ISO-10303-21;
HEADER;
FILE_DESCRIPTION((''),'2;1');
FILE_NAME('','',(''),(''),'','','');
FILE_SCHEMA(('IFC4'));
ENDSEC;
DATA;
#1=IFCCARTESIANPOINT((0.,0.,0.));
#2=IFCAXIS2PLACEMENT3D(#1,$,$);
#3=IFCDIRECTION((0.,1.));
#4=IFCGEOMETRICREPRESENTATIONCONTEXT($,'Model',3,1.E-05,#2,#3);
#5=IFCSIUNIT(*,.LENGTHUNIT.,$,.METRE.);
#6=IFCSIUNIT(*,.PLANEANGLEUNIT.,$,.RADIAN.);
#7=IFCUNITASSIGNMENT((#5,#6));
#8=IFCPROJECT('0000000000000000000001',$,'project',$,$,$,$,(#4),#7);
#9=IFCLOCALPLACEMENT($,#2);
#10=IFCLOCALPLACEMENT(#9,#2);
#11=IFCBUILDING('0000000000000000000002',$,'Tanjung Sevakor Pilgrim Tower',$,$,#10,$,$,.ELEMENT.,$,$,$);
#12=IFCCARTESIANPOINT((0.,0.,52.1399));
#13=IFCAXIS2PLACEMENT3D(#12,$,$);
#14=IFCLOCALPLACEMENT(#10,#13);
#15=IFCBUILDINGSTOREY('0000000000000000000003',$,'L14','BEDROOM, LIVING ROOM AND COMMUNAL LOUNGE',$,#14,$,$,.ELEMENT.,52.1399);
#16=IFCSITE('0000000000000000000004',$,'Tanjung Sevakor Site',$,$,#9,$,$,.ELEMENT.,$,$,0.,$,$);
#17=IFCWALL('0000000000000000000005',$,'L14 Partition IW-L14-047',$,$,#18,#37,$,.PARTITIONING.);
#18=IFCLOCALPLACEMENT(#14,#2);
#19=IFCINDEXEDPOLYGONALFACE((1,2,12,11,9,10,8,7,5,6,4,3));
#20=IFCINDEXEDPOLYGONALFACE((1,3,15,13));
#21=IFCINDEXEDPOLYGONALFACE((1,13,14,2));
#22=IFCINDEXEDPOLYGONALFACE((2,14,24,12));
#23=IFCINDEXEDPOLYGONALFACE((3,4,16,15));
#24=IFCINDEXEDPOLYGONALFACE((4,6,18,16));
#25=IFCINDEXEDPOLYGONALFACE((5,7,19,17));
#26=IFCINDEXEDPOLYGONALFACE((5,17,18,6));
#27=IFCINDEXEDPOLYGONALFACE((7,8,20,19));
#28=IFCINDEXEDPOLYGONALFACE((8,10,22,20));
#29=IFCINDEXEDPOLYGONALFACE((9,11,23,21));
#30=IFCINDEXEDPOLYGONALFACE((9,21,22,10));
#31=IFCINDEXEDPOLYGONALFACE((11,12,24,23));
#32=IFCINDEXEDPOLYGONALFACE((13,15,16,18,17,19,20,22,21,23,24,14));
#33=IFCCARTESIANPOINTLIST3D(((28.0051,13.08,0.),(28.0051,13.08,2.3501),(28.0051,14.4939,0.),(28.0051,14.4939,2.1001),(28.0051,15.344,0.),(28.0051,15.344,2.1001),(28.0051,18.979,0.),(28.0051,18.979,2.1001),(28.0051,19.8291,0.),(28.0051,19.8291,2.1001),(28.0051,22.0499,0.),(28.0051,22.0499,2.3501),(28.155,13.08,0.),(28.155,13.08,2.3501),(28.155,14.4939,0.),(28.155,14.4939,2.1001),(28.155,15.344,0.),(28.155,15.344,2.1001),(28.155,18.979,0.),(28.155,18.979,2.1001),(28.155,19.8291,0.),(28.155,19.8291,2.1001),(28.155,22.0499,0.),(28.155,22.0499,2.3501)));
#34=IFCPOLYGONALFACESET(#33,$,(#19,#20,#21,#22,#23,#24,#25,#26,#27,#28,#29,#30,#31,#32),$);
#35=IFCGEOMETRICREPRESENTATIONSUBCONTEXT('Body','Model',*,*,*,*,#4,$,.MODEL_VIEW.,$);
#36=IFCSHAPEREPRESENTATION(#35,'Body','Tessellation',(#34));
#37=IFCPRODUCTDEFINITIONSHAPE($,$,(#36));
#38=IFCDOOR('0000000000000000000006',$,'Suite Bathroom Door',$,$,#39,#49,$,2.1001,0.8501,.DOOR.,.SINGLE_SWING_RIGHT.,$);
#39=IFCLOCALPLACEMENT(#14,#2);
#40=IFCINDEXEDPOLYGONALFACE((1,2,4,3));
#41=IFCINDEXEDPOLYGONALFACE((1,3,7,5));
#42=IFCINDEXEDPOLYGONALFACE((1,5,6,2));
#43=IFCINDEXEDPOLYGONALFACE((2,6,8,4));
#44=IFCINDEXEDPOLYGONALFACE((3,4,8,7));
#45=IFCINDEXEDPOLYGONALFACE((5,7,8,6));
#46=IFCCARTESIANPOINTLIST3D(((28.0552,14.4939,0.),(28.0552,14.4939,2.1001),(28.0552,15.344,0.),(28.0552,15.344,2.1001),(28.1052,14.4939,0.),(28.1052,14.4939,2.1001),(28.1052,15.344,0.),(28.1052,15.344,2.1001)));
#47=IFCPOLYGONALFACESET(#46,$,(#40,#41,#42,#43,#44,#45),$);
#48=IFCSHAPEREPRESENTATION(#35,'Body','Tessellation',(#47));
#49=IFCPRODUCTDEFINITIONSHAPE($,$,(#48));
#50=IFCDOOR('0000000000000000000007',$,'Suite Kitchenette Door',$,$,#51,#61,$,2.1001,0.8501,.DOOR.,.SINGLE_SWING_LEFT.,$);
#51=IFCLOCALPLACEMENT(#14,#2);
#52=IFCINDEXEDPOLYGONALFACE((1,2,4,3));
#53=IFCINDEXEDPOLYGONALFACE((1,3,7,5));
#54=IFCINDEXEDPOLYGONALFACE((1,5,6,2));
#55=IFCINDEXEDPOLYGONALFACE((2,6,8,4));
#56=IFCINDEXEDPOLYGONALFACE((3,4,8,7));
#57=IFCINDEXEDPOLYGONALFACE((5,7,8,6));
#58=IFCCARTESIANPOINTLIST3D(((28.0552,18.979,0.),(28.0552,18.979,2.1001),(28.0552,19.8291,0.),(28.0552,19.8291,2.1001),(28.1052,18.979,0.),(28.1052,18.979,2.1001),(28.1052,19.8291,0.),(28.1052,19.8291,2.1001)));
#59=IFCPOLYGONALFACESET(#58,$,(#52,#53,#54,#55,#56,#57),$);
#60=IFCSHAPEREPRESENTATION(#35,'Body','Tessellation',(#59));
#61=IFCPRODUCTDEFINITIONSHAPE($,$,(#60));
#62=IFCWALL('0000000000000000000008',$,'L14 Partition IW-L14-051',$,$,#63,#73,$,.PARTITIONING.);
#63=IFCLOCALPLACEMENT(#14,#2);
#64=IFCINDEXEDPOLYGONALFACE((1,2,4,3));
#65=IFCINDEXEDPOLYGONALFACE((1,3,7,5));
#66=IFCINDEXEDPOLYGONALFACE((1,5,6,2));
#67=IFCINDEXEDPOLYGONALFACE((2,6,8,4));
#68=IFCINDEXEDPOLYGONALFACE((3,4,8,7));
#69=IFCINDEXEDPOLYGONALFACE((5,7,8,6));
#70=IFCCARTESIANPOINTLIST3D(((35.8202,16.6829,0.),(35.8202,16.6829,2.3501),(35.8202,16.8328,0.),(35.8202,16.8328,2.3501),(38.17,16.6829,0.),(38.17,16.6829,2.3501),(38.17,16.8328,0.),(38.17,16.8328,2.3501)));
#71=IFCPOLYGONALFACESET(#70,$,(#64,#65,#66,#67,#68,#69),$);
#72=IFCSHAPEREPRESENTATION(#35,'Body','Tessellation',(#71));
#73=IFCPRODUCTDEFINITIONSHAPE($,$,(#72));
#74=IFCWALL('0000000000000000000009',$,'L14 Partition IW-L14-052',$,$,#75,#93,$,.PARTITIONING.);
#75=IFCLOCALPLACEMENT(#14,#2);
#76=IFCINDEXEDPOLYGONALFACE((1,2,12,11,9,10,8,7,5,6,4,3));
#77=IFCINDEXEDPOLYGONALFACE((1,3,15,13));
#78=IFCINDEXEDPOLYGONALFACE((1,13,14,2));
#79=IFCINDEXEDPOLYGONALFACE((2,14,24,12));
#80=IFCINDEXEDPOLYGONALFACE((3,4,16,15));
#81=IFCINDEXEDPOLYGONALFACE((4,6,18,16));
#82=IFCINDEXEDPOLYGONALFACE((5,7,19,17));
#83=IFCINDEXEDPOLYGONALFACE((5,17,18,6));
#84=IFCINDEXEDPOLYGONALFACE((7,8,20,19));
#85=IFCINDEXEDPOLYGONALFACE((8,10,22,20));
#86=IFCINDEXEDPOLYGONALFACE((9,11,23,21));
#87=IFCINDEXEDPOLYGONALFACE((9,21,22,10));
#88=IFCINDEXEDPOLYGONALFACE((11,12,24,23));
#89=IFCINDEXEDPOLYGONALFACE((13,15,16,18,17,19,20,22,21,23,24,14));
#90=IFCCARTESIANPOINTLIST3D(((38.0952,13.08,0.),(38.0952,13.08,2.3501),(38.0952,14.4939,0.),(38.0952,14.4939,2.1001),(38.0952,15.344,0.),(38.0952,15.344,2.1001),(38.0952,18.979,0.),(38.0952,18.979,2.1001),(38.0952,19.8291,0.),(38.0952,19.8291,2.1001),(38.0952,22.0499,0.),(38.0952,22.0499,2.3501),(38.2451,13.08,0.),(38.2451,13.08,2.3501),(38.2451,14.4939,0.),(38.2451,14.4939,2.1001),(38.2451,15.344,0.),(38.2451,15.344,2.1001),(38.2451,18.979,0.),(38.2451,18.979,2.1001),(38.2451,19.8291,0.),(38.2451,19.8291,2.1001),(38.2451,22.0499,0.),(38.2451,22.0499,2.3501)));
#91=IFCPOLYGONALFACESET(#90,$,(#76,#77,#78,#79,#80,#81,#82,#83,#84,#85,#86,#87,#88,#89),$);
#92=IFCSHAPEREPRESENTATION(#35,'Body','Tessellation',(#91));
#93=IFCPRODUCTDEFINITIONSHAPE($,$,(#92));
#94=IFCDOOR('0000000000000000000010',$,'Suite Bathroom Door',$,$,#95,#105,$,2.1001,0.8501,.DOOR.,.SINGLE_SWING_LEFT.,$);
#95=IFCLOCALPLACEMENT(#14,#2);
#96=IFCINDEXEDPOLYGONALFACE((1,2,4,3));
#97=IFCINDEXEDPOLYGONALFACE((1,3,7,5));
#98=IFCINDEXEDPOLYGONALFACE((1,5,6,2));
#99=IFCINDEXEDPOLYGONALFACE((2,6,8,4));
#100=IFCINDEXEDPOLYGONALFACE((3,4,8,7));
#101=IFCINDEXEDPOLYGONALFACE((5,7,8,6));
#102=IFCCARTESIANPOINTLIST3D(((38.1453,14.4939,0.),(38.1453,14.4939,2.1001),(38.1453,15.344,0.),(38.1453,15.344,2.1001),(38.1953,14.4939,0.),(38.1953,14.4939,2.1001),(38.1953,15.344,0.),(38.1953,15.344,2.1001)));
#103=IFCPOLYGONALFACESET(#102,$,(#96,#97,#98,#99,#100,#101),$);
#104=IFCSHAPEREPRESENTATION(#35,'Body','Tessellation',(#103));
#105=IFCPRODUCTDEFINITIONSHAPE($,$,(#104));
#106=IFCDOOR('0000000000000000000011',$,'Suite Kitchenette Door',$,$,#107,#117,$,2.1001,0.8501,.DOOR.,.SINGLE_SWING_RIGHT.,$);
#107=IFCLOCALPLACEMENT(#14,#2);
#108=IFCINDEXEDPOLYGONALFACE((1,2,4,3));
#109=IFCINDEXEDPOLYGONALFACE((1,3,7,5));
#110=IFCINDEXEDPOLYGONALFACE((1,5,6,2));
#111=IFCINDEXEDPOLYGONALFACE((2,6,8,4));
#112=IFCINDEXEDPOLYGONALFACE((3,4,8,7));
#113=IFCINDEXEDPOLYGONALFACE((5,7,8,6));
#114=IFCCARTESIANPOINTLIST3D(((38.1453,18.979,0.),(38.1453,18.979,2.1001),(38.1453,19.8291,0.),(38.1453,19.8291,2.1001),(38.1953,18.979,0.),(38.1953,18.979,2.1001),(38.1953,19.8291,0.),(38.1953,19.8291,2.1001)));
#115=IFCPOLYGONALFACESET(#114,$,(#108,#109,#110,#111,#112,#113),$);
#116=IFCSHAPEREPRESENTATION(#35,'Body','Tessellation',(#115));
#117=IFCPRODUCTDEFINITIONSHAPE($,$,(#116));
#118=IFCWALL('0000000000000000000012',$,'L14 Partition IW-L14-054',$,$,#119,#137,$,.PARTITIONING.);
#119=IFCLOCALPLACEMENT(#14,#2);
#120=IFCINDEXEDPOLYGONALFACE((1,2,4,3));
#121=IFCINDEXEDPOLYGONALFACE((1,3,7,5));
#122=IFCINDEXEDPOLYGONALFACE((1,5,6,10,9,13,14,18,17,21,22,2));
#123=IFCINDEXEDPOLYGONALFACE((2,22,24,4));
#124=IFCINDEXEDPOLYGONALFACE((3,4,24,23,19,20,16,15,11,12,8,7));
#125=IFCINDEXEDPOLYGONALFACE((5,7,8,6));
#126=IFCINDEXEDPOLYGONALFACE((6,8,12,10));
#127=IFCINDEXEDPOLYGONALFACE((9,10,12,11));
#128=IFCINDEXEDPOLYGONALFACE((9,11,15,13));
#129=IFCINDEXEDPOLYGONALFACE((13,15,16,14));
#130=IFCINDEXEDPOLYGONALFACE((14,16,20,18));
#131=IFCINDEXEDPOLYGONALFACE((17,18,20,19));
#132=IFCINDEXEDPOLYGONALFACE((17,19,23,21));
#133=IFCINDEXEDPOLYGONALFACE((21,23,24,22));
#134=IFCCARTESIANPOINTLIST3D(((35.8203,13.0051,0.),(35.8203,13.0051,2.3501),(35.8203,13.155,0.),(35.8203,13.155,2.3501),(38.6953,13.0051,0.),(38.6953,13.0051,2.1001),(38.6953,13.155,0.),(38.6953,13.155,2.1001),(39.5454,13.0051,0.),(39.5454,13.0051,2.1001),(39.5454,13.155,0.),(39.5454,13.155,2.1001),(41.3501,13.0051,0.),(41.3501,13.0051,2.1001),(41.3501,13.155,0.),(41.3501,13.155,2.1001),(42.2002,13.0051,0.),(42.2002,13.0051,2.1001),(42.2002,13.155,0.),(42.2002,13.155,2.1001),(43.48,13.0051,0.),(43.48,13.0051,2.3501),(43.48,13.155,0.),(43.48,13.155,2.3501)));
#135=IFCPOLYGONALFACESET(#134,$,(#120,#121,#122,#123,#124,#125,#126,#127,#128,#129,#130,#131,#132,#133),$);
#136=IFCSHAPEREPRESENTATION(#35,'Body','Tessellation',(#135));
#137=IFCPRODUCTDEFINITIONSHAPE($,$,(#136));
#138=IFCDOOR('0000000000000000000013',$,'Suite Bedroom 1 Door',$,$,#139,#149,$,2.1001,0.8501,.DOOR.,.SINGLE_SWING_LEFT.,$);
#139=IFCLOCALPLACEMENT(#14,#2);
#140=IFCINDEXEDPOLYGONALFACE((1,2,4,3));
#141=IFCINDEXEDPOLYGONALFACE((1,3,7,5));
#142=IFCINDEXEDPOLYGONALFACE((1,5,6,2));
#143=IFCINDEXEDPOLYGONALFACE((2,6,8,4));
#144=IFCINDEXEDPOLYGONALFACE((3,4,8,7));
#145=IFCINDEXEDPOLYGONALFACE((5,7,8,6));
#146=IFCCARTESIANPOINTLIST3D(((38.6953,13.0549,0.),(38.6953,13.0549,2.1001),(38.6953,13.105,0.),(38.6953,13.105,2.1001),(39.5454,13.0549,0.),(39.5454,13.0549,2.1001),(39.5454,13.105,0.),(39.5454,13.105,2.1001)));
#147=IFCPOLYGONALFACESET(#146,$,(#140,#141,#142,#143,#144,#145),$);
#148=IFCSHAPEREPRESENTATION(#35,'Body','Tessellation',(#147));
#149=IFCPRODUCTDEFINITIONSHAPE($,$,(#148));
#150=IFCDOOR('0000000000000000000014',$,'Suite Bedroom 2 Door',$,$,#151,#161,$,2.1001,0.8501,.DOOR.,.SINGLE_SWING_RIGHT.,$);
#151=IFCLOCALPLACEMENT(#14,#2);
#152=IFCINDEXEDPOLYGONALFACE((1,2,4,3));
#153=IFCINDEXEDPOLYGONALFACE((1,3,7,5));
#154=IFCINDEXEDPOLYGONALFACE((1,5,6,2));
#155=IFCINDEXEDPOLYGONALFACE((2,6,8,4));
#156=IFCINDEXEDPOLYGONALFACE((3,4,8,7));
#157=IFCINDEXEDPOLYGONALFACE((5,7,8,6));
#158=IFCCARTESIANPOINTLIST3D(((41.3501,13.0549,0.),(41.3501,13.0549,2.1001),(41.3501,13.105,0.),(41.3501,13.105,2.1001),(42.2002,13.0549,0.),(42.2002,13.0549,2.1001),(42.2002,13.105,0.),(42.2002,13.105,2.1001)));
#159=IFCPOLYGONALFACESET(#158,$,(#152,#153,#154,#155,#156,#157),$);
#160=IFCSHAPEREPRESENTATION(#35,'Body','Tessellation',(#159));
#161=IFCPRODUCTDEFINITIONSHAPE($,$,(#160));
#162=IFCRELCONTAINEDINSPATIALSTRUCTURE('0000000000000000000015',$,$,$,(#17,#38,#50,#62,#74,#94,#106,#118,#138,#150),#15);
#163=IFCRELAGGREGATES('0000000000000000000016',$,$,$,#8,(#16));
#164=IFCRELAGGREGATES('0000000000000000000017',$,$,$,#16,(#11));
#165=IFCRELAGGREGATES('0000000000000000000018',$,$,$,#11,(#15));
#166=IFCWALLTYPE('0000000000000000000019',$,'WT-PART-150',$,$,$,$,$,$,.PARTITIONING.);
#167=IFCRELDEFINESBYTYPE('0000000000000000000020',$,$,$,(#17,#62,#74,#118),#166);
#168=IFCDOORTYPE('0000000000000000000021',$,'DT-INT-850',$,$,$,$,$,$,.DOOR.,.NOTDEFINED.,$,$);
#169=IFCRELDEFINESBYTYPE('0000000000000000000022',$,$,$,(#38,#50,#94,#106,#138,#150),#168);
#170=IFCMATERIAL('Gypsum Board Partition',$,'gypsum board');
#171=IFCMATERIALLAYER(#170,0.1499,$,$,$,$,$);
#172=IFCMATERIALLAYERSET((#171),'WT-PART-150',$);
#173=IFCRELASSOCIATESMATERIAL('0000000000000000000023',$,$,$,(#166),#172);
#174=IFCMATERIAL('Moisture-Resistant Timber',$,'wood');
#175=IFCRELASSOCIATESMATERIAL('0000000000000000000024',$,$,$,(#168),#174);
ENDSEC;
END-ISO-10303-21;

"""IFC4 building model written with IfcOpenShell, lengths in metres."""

from ifc_helpers import new_model, si_unit, direction, frame, frame_2d, origin, place, context, subcontext, project, spatial, rectangle, extrude, material, layer, layer_set, type_object, element, fill, save


model = new_model("IFC4")

# Units and contexts
model_context = context("Model", 3, precision=1e-05, world=origin(), true_north=direction((0.0, 1.0)))
body_context = subcontext(model_context, "Body", "Model", "MODEL_VIEW")
ifc_project = project(units=[si_unit("LENGTHUNIT", "METRE"), si_unit("PLANEANGLEUNIT", "RADIAN")], contexts=[model_context])

# Site, building, storey
site_placement = place(None, origin())
site = spatial("IfcSite", under=ifc_project, at=site_placement, Name="Tanjung Sevakor Site", CompositionType="ELEMENT", RefElevation=0.0)
building_placement = place(site_placement, origin())
building = spatial("IfcBuilding", under=site, at=building_placement, Name="Tanjung Sevakor Pilgrim Tower", CompositionType="ELEMENT")
storey_placement = place(building_placement, frame((0.0, 0.0, 52.1399)))
storey = spatial("IfcBuildingStorey", under=building, at=storey_placement, Name="L14", Description="BEDROOM, LIVING ROOM AND COMMUNAL LOUNGE", CompositionType="ELEMENT", Elevation=52.1399)

# Wall, openings, doors
ifc_material_1 = material(Name="Gypsum Board Partition", Category="gypsum board")
ifc_layer_1 = layer(ifc_material_1, 0.1499)
ifc_layer_set_1 = layer_set([ifc_layer_1], Name="WT-PART-150")
wall_type_1 = type_object("IfcWallType", Name="WT-PART-150", PredefinedType="PARTITIONING", material=ifc_layer_set_1)
wall_1_placement = place(storey_placement, frame((28.0801, 13.0801, 0.0), z_axis=(0.0, 0.0, 1.0), x_axis=(0.0, 1.0, 0.0)))
wall_1 = element("IfcWall", 1, at=wall_1_placement, inside=storey, type_object=wall_type_1, Name="L14 Partition IW-L14-047", PredefinedType="PARTITIONING", context=body_context, shape_type="SweptSolid", body=[
    extrude(rectangle(XDim=8.97, YDim=0.1499, at=frame_2d((4.4849, 0.0))), origin(), (0.0, 0.0, 1.0), 2.3501),
])
opening_1_placement = place(wall_1_placement, frame((1.4138, 0.0, 0.0)))
opening_1 = element("IfcOpeningElement", 2, at=opening_1_placement, cuts=wall_1, PredefinedType="OPENING", context=body_context, shape_type="SweptSolid", body=[
    extrude(rectangle(XDim=0.8501, YDim=2.1001, at=frame_2d((0.425, 1.05))), frame((0.0, 0.085, 0.0), z_axis=(0.0, -1.0, 0.0), x_axis=(1.0, 0.0, 0.0)), (0.0, 0.0, 1.0), 0.1699),
])
opening_2_placement = place(wall_1_placement, frame((5.8989, 0.0, 0.0)))
opening_2 = element("IfcOpeningElement", 3, at=opening_2_placement, cuts=wall_1, PredefinedType="OPENING", context=body_context, shape_type="SweptSolid", body=[
    extrude(rectangle(XDim=0.8501, YDim=2.1001, at=frame_2d((0.425, 1.05))), frame((0.0, 0.085, 0.0), z_axis=(0.0, -1.0, 0.0), x_axis=(1.0, 0.0, 0.0)), (0.0, 0.0, 1.0), 0.1699),
])
ifc_material_2 = material(Name="Moisture-Resistant Timber", Category="wood")
door_type_1 = type_object("IfcDoorType", Name="DT-INT-850", OperationType="NOTDEFINED", PredefinedType="DOOR", material=ifc_material_2)
door_1_placement = place(opening_1_placement, origin())
door_1 = element("IfcDoor", 4, at=door_1_placement, inside=storey, type_object=door_type_1, Name="Suite Bathroom Door", OperationType="SINGLE_SWING_RIGHT", OverallHeight=2.1001, OverallWidth=0.8501, PredefinedType="DOOR", context=body_context, shape_type="SweptSolid", body=[
    extrude(rectangle(XDim=0.8501, YDim=2.1001, at=frame_2d((0.425, 1.05))), frame((0.0, 0.0249, 0.0), z_axis=(0.0, -1.0, 0.0), x_axis=(1.0, 0.0, 0.0)), (0.0, 0.0, 1.0), 0.05),
])
fill(opening_1, door_1)
door_2_placement = place(opening_2_placement, origin())
door_2 = element("IfcDoor", 5, at=door_2_placement, inside=storey, type_object=door_type_1, Name="Suite Kitchenette Door", OperationType="SINGLE_SWING_LEFT", OverallHeight=2.1001, OverallWidth=0.8501, PredefinedType="DOOR", context=body_context, shape_type="SweptSolid", body=[
    extrude(rectangle(XDim=0.8501, YDim=2.1001, at=frame_2d((0.425, 1.05))), frame((0.0, 0.0249, 0.0), z_axis=(0.0, -1.0, 0.0), x_axis=(1.0, 0.0, 0.0)), (0.0, 0.0, 1.0), 0.05),
])
fill(opening_2, door_2)

# Wall
wall_2_placement = place(storey_placement, frame((35.8203, 16.7578, 0.0), z_axis=(0.0, 0.0, 1.0), x_axis=(1.0, 0.0, 0.0)))
element("IfcWall", 6, at=wall_2_placement, inside=storey, type_object=wall_type_1, Name="L14 Partition IW-L14-051", PredefinedType="PARTITIONING", context=body_context, shape_type="SweptSolid", body=[
    extrude(rectangle(XDim=2.3499, YDim=0.1499, at=frame_2d((1.1748, 0.0))), origin(), (0.0, 0.0, 1.0), 2.3501),
])

# Walls, openings, doors
wall_3_placement = place(storey_placement, frame((38.1702, 13.0801, 0.0), z_axis=(0.0, 0.0, 1.0), x_axis=(0.0, 1.0, 0.0)))
wall_3 = element("IfcWall", 7, at=wall_3_placement, inside=storey, type_object=wall_type_1, Name="L14 Partition IW-L14-052", PredefinedType="PARTITIONING", context=body_context, shape_type="SweptSolid", body=[
    extrude(rectangle(XDim=8.97, YDim=0.1499, at=frame_2d((4.4849, 0.0))), origin(), (0.0, 0.0, 1.0), 2.3501),
])
opening_3_placement = place(wall_3_placement, frame((1.4138, 0.0, 0.0)))
opening_3 = element("IfcOpeningElement", 8, at=opening_3_placement, cuts=wall_3, PredefinedType="OPENING", context=body_context, shape_type="SweptSolid", body=[
    extrude(rectangle(XDim=0.8501, YDim=2.1001, at=frame_2d((0.425, 1.05))), frame((0.0, 0.085, 0.0), z_axis=(0.0, -1.0, 0.0), x_axis=(1.0, 0.0, 0.0)), (0.0, 0.0, 1.0), 0.1699),
])
opening_4_placement = place(wall_3_placement, frame((5.8989, 0.0, 0.0)))
opening_4 = element("IfcOpeningElement", 9, at=opening_4_placement, cuts=wall_3, PredefinedType="OPENING", context=body_context, shape_type="SweptSolid", body=[
    extrude(rectangle(XDim=0.8501, YDim=2.1001, at=frame_2d((0.425, 1.05))), frame((0.0, 0.085, 0.0), z_axis=(0.0, -1.0, 0.0), x_axis=(1.0, 0.0, 0.0)), (0.0, 0.0, 1.0), 0.1699),
])
door_3_placement = place(opening_3_placement, origin())
door_3 = element("IfcDoor", 10, at=door_3_placement, inside=storey, type_object=door_type_1, Name="Suite Bathroom Door", OperationType="SINGLE_SWING_LEFT", OverallHeight=2.1001, OverallWidth=0.8501, PredefinedType="DOOR", context=body_context, shape_type="SweptSolid", body=[
    extrude(rectangle(XDim=0.8501, YDim=2.1001, at=frame_2d((0.425, 1.05))), frame((0.0, 0.0249, 0.0), z_axis=(0.0, -1.0, 0.0), x_axis=(1.0, 0.0, 0.0)), (0.0, 0.0, 1.0), 0.05),
])
fill(opening_3, door_3)
door_4_placement = place(opening_4_placement, origin())
door_4 = element("IfcDoor", 11, at=door_4_placement, inside=storey, type_object=door_type_1, Name="Suite Kitchenette Door", OperationType="SINGLE_SWING_RIGHT", OverallHeight=2.1001, OverallWidth=0.8501, PredefinedType="DOOR", context=body_context, shape_type="SweptSolid", body=[
    extrude(rectangle(XDim=0.8501, YDim=2.1001, at=frame_2d((0.425, 1.05))), frame((0.0, 0.0249, 0.0), z_axis=(0.0, -1.0, 0.0), x_axis=(1.0, 0.0, 0.0)), (0.0, 0.0, 1.0), 0.05),
])
fill(opening_4, door_4)
wall_4_placement = place(storey_placement, frame((35.8203, 13.0801, 0.0), z_axis=(0.0, 0.0, 1.0), x_axis=(1.0, 0.0, 0.0)))
wall_4 = element("IfcWall", 12, at=wall_4_placement, inside=storey, type_object=wall_type_1, Name="L14 Partition IW-L14-054", PredefinedType="PARTITIONING", context=body_context, shape_type="SweptSolid", body=[
    extrude(rectangle(XDim=7.6597, YDim=0.1499, at=frame_2d((3.8298, 0.0))), origin(), (0.0, 0.0, 1.0), 2.3501),
])
opening_5_placement = place(wall_4_placement, frame((2.875, 0.0, 0.0)))
opening_5 = element("IfcOpeningElement", 13, at=opening_5_placement, cuts=wall_4, PredefinedType="OPENING", context=body_context, shape_type="SweptSolid", body=[
    extrude(rectangle(XDim=0.8501, YDim=2.1001, at=frame_2d((0.425, 1.05))), frame((0.0, 0.085, 0.0), z_axis=(0.0, -1.0, 0.0), x_axis=(1.0, 0.0, 0.0)), (0.0, 0.0, 1.0), 0.1699),
])
opening_6_placement = place(wall_4_placement, frame((5.5298, 0.0, 0.0)))
opening_6 = element("IfcOpeningElement", 14, at=opening_6_placement, cuts=wall_4, PredefinedType="OPENING", context=body_context, shape_type="SweptSolid", body=[
    extrude(rectangle(XDim=0.8501, YDim=2.1001, at=frame_2d((0.425, 1.05))), frame((0.0, 0.085, 0.0), z_axis=(0.0, -1.0, 0.0), x_axis=(1.0, 0.0, 0.0)), (0.0, 0.0, 1.0), 0.1699),
])
door_5_placement = place(opening_5_placement, origin())
door_5 = element("IfcDoor", 15, at=door_5_placement, inside=storey, type_object=door_type_1, Name="Suite Bedroom 1 Door", OperationType="SINGLE_SWING_LEFT", OverallHeight=2.1001, OverallWidth=0.8501, PredefinedType="DOOR", context=body_context, shape_type="SweptSolid", body=[
    extrude(rectangle(XDim=0.8501, YDim=2.1001, at=frame_2d((0.425, 1.05))), frame((0.0, 0.0249, 0.0), z_axis=(0.0, -1.0, 0.0), x_axis=(1.0, 0.0, 0.0)), (0.0, 0.0, 1.0), 0.05),
])
fill(opening_5, door_5)
door_6_placement = place(opening_6_placement, origin())
door_6 = element("IfcDoor", 16, at=door_6_placement, inside=storey, type_object=door_type_1, Name="Suite Bedroom 2 Door", OperationType="SINGLE_SWING_RIGHT", OverallHeight=2.1001, OverallWidth=0.8501, PredefinedType="DOOR", context=body_context, shape_type="SweptSolid", body=[
    extrude(rectangle(XDim=0.8501, YDim=2.1001, at=frame_2d((0.425, 1.05))), frame((0.0, 0.0249, 0.0), z_axis=(0.0, -1.0, 0.0), x_axis=(1.0, 0.0, 0.0)), (0.0, 0.0, 1.0), 0.05),
])
fill(opening_6, door_6)

save(model, "model.ifc")
